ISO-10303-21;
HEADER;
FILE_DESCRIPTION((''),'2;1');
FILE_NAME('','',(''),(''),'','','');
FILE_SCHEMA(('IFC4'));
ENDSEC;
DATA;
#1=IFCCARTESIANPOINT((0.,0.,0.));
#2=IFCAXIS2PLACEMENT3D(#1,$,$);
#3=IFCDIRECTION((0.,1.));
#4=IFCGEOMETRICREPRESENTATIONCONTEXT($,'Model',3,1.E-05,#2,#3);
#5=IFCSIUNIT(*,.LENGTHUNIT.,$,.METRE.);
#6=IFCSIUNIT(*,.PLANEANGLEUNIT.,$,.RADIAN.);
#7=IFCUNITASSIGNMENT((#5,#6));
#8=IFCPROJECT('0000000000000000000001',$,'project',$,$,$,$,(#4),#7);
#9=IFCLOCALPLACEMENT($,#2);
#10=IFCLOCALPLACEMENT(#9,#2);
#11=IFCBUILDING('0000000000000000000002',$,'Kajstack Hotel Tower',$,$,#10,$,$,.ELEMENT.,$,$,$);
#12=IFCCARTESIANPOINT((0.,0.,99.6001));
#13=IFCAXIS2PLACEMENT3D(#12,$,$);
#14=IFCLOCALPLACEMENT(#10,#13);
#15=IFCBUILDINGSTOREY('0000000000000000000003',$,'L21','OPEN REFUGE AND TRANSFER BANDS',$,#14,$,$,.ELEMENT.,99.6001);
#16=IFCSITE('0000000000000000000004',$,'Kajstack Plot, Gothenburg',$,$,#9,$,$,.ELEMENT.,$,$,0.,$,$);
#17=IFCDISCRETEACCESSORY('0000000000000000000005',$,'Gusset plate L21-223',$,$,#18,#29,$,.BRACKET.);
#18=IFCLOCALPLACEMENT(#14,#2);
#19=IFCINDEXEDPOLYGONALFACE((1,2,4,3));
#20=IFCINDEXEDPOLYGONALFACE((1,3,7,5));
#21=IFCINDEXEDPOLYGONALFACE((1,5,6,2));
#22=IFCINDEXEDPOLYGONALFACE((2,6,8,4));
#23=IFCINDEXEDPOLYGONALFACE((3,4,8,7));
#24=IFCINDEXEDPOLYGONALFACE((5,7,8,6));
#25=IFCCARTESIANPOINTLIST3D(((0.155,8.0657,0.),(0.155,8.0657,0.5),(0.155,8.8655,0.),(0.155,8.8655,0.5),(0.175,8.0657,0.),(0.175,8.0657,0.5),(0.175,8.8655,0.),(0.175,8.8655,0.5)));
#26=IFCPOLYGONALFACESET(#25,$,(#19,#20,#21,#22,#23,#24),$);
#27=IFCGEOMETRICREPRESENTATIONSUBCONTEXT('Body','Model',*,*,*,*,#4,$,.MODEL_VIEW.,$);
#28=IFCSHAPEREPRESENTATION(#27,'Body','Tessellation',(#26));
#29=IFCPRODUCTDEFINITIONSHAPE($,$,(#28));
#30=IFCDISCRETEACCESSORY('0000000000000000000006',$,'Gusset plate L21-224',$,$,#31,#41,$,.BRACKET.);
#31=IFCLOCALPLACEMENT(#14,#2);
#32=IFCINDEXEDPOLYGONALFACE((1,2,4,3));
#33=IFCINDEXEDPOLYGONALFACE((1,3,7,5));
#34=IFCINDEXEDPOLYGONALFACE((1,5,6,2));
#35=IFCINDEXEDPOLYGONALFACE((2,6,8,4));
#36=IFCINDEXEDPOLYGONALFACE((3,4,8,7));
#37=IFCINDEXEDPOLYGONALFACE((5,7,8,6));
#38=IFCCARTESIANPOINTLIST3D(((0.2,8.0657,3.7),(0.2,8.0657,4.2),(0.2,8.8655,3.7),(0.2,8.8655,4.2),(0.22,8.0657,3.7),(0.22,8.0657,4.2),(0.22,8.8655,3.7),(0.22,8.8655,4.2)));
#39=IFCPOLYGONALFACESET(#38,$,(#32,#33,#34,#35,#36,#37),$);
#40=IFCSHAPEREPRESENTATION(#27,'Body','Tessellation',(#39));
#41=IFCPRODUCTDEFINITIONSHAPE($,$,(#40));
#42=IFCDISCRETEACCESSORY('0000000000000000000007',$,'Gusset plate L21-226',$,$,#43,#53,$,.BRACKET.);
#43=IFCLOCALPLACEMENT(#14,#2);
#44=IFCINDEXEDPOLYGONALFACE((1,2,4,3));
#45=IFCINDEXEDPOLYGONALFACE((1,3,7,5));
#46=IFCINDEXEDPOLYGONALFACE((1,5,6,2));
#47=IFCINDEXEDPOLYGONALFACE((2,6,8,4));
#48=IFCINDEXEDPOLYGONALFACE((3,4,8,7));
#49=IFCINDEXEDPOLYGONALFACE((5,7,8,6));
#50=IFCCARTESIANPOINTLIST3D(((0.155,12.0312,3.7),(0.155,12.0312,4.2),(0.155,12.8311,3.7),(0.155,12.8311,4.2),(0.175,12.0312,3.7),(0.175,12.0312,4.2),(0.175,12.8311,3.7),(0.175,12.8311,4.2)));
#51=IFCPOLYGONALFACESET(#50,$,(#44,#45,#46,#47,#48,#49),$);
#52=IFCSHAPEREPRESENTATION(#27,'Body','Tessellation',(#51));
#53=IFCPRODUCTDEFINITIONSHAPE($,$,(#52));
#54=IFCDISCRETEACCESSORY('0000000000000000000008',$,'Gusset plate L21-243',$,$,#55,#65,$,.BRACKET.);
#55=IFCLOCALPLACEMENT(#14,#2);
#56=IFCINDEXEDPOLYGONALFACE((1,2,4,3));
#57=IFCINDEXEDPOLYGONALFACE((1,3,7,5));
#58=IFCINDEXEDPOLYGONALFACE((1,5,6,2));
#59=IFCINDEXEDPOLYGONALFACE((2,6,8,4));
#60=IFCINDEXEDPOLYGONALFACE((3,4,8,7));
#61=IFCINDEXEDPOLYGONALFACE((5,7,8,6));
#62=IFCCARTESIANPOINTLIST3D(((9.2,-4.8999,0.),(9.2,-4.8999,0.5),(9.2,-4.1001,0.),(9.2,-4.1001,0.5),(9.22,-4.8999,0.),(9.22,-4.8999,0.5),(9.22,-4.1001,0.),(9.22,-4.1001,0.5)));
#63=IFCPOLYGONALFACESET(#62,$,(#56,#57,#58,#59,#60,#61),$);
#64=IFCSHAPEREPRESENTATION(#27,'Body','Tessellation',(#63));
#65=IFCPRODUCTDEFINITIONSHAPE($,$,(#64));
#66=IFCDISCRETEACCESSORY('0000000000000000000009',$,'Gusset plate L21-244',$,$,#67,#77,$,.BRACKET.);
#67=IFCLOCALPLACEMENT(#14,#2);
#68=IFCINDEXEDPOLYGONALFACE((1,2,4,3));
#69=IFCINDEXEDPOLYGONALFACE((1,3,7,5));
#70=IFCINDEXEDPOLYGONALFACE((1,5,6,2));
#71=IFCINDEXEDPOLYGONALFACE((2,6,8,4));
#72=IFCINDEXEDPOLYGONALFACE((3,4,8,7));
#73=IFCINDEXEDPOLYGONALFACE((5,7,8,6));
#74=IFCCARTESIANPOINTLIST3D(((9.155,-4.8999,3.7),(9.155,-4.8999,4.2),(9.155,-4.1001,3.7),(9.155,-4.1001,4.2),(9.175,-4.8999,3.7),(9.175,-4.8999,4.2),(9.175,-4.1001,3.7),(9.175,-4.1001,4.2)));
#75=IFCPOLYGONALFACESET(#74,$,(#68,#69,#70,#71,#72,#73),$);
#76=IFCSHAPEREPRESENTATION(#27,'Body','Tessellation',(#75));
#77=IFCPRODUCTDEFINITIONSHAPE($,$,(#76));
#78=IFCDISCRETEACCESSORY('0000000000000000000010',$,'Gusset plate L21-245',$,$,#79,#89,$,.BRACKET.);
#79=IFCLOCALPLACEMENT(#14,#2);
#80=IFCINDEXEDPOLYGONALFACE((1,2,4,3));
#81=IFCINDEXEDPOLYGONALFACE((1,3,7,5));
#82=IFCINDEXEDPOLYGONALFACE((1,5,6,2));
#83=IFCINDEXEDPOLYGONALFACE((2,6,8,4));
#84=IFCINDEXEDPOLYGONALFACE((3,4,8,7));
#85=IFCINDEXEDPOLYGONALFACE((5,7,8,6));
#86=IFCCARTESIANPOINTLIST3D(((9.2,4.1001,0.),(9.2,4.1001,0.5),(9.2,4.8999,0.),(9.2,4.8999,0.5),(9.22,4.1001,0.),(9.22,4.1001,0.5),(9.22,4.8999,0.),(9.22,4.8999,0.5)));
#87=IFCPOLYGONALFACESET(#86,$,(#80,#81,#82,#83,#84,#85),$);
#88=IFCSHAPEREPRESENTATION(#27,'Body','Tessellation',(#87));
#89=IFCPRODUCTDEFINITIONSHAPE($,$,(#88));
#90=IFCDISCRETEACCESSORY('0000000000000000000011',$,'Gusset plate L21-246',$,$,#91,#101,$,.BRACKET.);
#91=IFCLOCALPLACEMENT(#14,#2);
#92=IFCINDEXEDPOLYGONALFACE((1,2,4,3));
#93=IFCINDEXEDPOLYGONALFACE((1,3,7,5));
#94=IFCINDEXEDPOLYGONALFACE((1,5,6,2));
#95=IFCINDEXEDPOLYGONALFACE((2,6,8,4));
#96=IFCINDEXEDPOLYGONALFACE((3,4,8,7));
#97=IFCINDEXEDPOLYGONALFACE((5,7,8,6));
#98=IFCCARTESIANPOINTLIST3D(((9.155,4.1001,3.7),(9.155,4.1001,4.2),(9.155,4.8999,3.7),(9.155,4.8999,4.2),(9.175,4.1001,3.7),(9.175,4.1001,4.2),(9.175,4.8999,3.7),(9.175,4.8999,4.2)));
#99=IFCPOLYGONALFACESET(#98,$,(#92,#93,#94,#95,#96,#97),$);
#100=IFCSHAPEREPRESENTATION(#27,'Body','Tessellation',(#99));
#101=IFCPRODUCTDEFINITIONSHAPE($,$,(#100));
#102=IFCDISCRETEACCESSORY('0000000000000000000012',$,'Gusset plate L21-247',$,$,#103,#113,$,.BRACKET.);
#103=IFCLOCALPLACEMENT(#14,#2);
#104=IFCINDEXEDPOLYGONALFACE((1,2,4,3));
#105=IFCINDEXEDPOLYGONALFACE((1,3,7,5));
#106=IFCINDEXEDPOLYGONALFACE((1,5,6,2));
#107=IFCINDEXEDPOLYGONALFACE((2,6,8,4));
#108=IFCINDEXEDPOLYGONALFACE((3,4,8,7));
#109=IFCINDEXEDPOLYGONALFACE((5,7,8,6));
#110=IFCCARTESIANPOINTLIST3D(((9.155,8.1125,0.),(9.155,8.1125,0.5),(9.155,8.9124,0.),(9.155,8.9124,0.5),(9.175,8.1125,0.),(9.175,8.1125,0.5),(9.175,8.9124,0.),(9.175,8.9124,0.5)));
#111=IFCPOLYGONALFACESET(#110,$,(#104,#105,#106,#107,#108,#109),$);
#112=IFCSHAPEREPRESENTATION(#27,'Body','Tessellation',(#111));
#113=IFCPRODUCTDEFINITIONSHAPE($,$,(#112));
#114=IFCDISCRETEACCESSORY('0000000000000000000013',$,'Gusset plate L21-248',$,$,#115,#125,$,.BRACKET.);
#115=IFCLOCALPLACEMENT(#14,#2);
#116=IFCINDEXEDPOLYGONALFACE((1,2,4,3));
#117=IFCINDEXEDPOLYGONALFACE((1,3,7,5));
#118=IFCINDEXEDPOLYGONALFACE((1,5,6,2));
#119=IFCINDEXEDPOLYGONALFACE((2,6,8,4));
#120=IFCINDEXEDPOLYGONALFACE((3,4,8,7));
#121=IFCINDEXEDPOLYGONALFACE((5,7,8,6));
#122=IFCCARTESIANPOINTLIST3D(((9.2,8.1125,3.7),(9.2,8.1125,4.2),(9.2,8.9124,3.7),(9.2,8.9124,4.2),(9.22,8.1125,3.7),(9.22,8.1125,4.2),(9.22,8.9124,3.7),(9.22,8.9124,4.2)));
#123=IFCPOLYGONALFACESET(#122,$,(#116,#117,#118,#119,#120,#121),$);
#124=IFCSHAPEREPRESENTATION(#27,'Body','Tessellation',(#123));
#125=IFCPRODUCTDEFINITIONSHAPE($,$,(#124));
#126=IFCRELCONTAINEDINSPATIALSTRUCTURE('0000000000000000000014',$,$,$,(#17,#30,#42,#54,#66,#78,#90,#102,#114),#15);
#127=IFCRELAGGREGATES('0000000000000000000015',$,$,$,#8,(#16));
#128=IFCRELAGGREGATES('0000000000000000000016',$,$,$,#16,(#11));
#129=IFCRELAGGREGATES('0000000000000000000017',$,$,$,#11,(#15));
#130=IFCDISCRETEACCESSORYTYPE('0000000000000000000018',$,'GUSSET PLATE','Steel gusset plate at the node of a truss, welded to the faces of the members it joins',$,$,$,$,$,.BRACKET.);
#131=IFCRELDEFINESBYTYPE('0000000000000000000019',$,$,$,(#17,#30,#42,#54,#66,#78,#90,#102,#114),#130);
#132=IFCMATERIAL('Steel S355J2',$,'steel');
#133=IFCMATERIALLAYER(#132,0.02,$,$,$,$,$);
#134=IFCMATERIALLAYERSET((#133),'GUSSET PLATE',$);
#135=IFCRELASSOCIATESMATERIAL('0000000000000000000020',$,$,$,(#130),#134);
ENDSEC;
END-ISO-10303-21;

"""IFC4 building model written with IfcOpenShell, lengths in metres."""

from ifc_helpers import new_model, si_unit, direction, frame, origin, place, context, subcontext, project, spatial, polyline, outline, extrude, material, layer, layer_set, type_object, element, save


model = new_model("IFC4")

# Units and contexts
model_context = context("Model", 3, precision=1e-05, world=origin(), true_north=direction((0.0, 1.0)))
body_context = subcontext(model_context, "Body", "Model", "MODEL_VIEW")
ifc_project = project(units=[si_unit("LENGTHUNIT", "METRE"), si_unit("PLANEANGLEUNIT", "RADIAN")], contexts=[model_context])

# Site, building, storey
site_placement = place(None, origin())
site = spatial("IfcSite", under=ifc_project, at=site_placement, Name="Kajstack Plot, Gothenburg", CompositionType="ELEMENT", RefElevation=0.0)
building_placement = place(site_placement, origin())
building = spatial("IfcBuilding", under=site, at=building_placement, Name="Kajstack Hotel Tower", CompositionType="ELEMENT")
storey_placement = place(building_placement, frame((0.0, 0.0, 99.6001)))
storey = spatial("IfcBuildingStorey", under=building, at=storey_placement, Name="L21", Description="OPEN REFUGE AND TRANSFER BANDS", CompositionType="ELEMENT", Elevation=99.6001)

# Shared definitions
ifc_material_1 = material(Name="Steel S355J2", Category="steel")

# Discrete accessories
ifc_layer_1 = layer(ifc_material_1, 0.02)
ifc_layer_set_1 = layer_set([ifc_layer_1], Name="GUSSET PLATE")
discrete_accessory_type = type_object("IfcDiscreteAccessoryType", Name="GUSSET PLATE", Description="Steel gusset plate at the node of a truss, welded to the faces of the members it joins", PredefinedType="BRACKET", material=ifc_layer_set_1)
for number, where, z_axis, x_axis, name in (
    (1, (0.155, 8.4656, 0.0), (1.0, 0.0, 0.0), (0.0, 1.0, 0.0), "Gusset plate L21-223"),
    (2, (0.2, 8.4656, 3.7), (1.0, 0.0, 0.0), (0.0, 1.0, 0.0), "Gusset plate L21-224"),
    (3, (0.155, 12.4312, 3.7), (1.0, 0.0, 0.0), (0.0, 1.0, 0.0), "Gusset plate L21-226"),
    (4, (9.2, -4.5, 0.0), (1.0, 0.0, 0.0), (0.0, 1.0, 0.0), "Gusset plate L21-243"),
    (5, (9.155, -4.5, 3.7), (1.0, 0.0, 0.0), (0.0, 1.0, 0.0), "Gusset plate L21-244"),
    (6, (9.2, 4.5, 0.0), (1.0, 0.0, 0.0), (0.0, 1.0, 0.0), "Gusset plate L21-245"),
    (7, (9.155, 4.5, 3.7), (1.0, 0.0, 0.0), (0.0, 1.0, 0.0), "Gusset plate L21-246"),
    (8, (9.155, 8.5125, 0.0), (1.0, 0.0, 0.0), (0.0, 1.0, 0.0), "Gusset plate L21-247"),
    (9, (9.2, 8.5125, 3.7), (1.0, 0.0, 0.0), (0.0, 1.0, 0.0), "Gusset plate L21-248"),
):
    element("IfcDiscreteAccessory", number, at=place(storey_placement, frame(where, z_axis=z_axis, x_axis=x_axis)), inside=storey, type_object=discrete_accessory_type, Name=name, PredefinedType="BRACKET", context=body_context, shape_type="SweptSolid", body=[
        extrude(outline(polyline([(-0.3999, 0.0), (0.3999, 0.0), (0.3999, 0.5), (-0.3999, 0.5), (-0.3999, 0.0)])), origin(), (0.0, 0.0, 1.0), 0.02),
    ])

save(model, "model.ifc")
